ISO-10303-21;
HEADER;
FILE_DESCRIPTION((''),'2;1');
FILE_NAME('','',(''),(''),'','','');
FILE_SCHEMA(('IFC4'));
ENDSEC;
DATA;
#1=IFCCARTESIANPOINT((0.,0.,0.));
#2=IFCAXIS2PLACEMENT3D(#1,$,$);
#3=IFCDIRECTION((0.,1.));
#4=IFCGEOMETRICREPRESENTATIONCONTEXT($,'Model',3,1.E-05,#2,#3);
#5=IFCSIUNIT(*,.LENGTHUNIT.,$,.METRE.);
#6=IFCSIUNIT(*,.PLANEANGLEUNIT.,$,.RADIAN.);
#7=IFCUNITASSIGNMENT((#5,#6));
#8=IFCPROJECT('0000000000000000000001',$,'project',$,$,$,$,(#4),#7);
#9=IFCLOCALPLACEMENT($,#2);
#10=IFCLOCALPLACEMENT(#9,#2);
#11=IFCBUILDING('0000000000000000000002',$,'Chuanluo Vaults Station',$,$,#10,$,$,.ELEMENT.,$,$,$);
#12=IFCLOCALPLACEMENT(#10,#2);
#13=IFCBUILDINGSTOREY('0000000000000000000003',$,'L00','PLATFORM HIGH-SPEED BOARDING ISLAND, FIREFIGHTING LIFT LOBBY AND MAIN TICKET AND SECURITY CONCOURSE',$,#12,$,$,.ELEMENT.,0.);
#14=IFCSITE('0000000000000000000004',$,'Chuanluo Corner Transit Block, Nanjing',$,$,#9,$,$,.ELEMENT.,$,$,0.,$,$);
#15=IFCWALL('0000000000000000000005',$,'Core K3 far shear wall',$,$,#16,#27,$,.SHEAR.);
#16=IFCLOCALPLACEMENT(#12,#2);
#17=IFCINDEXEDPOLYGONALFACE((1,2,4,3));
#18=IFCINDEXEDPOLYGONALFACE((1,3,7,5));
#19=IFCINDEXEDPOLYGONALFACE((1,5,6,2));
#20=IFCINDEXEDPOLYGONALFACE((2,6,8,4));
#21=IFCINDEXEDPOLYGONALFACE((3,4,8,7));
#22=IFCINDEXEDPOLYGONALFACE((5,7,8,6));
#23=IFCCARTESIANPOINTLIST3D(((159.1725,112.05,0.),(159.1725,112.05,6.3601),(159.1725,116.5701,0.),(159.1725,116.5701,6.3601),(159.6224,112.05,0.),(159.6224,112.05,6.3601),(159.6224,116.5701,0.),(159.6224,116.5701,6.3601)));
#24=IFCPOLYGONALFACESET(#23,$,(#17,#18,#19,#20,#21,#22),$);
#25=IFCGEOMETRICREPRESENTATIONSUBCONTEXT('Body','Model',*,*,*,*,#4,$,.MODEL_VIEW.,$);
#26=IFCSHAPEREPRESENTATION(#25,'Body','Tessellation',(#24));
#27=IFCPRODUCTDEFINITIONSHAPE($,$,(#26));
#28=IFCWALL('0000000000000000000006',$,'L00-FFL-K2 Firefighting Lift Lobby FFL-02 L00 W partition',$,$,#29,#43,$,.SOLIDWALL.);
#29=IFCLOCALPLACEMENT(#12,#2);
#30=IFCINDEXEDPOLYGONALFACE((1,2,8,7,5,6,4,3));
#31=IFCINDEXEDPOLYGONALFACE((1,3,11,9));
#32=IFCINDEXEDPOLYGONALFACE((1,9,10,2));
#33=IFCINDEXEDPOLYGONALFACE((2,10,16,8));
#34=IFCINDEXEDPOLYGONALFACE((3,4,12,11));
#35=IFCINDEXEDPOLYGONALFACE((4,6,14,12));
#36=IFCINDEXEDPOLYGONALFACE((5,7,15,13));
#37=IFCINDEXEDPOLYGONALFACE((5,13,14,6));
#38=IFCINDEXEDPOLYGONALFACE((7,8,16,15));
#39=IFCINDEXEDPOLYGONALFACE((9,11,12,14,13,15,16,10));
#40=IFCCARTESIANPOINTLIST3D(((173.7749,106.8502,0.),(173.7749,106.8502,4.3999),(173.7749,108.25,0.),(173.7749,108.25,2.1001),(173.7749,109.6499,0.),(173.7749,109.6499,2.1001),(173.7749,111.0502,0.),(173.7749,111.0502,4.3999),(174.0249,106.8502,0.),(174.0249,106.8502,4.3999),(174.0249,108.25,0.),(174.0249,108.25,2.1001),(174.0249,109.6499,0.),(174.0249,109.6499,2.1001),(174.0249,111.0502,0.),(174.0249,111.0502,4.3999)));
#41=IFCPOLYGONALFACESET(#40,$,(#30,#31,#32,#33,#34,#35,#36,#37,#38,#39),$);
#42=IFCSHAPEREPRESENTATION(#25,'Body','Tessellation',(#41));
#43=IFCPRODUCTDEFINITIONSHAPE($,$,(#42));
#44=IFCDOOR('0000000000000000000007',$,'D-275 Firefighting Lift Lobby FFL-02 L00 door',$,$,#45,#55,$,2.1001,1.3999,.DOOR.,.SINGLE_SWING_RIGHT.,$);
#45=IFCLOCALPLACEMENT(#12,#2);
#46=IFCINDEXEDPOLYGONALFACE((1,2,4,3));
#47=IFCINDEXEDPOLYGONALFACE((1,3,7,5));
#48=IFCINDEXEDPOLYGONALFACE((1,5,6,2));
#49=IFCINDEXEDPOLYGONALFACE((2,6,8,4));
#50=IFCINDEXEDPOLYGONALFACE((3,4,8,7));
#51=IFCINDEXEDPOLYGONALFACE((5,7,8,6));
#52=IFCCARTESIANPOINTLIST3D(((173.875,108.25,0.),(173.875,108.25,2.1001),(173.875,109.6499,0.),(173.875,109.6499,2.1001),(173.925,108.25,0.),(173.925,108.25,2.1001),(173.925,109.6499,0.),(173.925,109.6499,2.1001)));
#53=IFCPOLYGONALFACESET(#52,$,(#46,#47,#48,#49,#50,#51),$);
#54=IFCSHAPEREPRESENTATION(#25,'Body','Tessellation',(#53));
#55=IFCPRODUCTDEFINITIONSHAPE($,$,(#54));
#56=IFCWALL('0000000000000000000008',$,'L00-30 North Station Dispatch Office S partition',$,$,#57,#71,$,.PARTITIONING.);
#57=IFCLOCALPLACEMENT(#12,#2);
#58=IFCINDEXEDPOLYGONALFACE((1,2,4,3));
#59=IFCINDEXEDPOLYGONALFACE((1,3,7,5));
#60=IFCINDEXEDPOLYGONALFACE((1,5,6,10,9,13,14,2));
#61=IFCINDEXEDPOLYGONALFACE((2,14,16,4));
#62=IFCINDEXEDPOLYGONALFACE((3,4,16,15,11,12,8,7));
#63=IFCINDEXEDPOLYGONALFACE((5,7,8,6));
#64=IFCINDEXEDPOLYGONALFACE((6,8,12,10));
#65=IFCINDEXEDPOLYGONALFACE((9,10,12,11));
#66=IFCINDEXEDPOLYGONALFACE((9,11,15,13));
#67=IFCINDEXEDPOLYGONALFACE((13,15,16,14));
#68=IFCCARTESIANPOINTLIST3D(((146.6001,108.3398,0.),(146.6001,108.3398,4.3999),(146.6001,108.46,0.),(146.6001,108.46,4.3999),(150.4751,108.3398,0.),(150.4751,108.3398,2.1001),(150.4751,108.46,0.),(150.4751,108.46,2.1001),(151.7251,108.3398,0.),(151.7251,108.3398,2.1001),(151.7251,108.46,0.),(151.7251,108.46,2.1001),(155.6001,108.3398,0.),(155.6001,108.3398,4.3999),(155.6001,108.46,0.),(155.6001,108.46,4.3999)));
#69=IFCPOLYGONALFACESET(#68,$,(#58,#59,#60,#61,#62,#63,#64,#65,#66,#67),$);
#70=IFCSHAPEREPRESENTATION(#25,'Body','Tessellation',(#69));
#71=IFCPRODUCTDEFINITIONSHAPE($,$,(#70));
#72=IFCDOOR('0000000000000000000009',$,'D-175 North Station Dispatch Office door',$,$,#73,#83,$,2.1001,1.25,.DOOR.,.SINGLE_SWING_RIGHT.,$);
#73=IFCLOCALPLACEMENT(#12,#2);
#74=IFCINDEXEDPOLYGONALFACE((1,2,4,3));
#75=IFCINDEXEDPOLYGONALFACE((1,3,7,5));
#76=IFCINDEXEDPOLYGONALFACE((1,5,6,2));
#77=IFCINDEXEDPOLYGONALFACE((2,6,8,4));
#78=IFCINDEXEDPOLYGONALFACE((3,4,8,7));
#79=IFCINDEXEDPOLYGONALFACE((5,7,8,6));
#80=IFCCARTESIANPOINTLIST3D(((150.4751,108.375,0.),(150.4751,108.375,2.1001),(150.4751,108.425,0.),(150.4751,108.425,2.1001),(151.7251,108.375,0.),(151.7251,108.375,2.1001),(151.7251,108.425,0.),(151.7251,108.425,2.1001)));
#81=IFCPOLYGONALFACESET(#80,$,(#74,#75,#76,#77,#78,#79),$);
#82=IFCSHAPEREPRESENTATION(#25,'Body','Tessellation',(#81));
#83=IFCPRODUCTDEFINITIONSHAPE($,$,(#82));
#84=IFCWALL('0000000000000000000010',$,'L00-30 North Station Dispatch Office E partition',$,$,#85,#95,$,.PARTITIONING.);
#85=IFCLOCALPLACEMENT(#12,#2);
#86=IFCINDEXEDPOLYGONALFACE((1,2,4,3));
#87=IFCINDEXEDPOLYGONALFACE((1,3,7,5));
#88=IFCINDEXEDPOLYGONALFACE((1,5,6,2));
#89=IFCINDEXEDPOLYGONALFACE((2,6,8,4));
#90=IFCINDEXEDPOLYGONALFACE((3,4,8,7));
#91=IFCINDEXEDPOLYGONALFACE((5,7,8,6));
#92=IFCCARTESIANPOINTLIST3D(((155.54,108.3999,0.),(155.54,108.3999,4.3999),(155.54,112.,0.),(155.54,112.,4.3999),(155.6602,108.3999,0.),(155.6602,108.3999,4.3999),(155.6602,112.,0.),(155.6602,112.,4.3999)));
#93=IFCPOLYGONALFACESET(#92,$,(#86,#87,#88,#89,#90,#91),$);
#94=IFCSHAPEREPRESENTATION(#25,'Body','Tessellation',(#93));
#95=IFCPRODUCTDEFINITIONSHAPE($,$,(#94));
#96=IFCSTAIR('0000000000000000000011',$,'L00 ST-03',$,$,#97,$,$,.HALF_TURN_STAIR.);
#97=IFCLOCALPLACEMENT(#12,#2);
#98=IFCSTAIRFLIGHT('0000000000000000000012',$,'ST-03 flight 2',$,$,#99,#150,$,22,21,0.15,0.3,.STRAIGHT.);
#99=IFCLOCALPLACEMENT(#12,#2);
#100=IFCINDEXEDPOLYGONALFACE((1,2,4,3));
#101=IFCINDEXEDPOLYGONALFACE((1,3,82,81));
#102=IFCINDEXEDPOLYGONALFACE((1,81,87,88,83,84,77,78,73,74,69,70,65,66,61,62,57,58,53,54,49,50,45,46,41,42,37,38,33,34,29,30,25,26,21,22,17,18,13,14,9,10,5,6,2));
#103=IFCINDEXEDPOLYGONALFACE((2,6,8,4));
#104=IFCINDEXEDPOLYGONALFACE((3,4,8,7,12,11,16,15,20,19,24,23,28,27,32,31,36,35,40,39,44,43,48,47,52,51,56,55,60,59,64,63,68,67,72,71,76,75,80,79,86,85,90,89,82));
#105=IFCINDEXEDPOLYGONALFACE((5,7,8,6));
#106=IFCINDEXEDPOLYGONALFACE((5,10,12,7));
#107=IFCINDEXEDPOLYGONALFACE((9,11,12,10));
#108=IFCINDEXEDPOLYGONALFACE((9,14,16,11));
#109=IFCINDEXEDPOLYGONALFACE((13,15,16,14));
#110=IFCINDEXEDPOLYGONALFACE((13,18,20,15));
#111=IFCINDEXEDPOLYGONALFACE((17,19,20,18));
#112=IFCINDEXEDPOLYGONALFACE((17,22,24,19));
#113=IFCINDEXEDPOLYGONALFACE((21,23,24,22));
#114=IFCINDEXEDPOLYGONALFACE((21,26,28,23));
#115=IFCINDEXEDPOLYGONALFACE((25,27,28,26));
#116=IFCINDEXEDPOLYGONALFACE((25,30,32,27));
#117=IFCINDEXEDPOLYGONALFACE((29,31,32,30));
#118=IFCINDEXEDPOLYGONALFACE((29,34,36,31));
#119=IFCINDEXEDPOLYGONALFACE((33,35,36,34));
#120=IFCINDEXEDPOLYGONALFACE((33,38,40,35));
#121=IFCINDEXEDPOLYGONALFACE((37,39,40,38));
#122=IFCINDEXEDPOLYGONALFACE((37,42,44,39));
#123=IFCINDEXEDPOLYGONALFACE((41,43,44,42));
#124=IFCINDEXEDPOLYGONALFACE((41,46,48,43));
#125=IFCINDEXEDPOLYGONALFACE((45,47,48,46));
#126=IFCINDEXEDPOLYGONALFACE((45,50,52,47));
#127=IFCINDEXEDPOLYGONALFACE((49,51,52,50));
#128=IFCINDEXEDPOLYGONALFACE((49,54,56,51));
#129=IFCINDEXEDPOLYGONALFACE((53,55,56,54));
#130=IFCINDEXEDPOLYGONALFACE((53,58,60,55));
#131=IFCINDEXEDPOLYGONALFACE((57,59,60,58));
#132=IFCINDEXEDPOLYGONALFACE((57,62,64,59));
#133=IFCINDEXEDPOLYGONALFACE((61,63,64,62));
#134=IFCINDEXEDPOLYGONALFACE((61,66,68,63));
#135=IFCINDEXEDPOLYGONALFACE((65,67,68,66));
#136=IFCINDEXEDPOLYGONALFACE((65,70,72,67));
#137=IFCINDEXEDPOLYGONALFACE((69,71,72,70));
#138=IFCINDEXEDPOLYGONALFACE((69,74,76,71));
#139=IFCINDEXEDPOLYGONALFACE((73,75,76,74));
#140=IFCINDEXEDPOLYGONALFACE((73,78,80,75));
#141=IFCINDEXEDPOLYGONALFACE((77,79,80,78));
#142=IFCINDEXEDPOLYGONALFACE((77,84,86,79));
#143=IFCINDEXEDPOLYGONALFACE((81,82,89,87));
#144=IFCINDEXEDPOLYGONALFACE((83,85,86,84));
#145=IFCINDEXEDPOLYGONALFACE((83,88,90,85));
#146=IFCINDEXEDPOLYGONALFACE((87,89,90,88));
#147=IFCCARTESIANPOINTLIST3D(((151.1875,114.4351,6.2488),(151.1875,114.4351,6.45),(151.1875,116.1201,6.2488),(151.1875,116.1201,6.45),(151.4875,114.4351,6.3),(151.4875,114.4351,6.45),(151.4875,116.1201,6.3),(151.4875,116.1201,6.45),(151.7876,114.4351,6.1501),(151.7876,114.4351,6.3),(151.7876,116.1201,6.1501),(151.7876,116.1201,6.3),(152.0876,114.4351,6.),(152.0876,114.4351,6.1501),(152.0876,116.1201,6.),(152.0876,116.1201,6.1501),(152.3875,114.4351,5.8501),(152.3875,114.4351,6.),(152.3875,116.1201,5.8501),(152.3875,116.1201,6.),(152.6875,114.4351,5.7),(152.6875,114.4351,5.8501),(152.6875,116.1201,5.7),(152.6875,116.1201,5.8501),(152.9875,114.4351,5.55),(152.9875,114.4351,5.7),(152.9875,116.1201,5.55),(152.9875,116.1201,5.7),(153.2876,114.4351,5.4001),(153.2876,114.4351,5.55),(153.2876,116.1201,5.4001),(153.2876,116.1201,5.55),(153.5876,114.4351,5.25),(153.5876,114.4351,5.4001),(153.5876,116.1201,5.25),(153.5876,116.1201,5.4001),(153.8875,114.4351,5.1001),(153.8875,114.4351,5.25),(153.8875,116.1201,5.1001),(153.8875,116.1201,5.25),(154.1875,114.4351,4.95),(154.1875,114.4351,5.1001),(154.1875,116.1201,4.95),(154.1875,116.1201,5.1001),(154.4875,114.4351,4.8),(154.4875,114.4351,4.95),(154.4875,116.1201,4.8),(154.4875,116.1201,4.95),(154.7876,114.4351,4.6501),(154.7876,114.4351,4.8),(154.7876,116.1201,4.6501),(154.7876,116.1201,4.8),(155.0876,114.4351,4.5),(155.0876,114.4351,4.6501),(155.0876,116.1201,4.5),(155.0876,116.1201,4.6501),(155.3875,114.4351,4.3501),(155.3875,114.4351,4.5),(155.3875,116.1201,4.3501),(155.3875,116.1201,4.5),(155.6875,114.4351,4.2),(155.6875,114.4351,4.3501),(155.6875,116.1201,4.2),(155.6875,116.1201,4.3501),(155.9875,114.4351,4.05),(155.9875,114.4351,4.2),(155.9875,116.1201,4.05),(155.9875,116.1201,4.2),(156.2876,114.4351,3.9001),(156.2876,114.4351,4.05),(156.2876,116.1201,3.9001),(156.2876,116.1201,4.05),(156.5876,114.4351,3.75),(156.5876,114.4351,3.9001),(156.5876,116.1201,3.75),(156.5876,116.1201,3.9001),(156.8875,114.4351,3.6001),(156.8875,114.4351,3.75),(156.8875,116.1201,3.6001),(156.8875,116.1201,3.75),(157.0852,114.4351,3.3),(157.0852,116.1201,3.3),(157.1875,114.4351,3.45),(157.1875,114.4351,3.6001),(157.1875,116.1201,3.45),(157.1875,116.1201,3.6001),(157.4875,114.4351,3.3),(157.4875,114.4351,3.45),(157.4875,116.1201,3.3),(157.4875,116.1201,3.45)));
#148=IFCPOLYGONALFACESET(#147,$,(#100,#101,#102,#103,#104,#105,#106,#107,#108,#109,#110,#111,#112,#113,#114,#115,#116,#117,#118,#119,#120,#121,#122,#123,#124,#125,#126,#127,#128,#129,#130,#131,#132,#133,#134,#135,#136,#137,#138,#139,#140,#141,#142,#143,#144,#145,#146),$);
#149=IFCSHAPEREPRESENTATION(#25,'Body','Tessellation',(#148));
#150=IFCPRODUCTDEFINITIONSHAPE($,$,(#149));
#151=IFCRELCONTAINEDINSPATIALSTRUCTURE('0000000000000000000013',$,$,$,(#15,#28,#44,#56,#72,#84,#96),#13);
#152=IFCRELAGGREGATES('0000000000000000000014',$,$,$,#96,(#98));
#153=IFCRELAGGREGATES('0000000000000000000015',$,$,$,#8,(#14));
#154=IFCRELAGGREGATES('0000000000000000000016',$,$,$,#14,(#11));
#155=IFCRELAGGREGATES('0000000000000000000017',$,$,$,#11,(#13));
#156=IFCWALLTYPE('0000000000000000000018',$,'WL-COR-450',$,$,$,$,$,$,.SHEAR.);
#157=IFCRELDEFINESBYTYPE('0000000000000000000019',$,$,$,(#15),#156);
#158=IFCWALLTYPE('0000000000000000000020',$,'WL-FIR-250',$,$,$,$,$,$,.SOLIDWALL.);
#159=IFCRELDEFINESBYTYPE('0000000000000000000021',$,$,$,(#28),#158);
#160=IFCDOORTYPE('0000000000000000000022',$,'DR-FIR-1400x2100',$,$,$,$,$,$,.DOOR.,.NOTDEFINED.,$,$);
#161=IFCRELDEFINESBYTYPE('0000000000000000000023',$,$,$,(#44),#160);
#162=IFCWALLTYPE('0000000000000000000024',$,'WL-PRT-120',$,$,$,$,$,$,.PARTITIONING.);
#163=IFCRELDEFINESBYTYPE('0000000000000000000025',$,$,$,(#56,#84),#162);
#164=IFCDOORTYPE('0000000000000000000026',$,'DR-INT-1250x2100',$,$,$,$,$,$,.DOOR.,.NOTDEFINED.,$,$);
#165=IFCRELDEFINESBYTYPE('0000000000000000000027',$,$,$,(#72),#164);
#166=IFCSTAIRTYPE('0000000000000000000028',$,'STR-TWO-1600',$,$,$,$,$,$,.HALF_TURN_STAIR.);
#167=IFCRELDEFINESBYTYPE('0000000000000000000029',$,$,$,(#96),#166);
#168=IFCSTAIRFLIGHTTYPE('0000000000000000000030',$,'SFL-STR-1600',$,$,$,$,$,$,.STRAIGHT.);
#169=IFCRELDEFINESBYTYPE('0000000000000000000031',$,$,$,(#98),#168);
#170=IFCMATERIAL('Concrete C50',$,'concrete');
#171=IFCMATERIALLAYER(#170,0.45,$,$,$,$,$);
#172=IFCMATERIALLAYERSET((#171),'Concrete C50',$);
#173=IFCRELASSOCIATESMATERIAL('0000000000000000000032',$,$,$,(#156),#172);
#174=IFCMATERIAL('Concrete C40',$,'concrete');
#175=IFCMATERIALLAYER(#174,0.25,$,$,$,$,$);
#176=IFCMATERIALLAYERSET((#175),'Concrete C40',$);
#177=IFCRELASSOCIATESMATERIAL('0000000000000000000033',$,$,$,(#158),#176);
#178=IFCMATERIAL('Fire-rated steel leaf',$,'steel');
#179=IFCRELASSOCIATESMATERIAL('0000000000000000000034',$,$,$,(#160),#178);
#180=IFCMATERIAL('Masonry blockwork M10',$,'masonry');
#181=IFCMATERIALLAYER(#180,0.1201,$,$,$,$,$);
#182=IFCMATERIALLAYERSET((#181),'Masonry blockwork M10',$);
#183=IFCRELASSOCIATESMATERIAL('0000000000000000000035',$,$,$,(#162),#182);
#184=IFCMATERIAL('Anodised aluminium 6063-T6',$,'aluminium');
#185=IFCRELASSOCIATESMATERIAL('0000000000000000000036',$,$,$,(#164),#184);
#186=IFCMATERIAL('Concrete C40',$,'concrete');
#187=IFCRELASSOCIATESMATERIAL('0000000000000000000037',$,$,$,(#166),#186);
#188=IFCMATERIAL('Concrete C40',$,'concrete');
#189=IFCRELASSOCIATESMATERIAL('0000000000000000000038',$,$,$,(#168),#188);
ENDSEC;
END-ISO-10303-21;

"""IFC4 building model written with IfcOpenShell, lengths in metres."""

from ifc_helpers import new_model, si_unit, direction, frame, frame_2d, origin, place, context, subcontext, project, spatial, polyline, rectangle, outline, extrude, material, layer, layer_set, type_object, element, fill, aggregate, save


model = new_model("IFC4")

# Units and contexts
model_context = context("Model", 3, precision=1e-05, world=origin(), true_north=direction((0.0, 1.0)))
body_context = subcontext(model_context, "Body", "Model", "MODEL_VIEW")
ifc_project = project(units=[si_unit("LENGTHUNIT", "METRE"), si_unit("PLANEANGLEUNIT", "RADIAN")], contexts=[model_context])

# Site, building, storey
site_placement = place(None, origin())
site = spatial("IfcSite", under=ifc_project, at=site_placement, Name="Chuanluo Corner Transit Block, Nanjing", CompositionType="ELEMENT", RefElevation=0.0)
building_placement = place(site_placement, origin())
building = spatial("IfcBuilding", under=site, at=building_placement, Name="Chuanluo Vaults Station", CompositionType="ELEMENT")
storey_placement = place(building_placement, origin())
storey = spatial("IfcBuildingStorey", under=building, at=storey_placement, Name="L00", Description="PLATFORM HIGH-SPEED BOARDING ISLAND, FIREFIGHTING LIFT LOBBY AND MAIN TICKET AND SECURITY CONCOURSE", CompositionType="ELEMENT", Elevation=0.0)

# Shared definitions
ifc_material_1 = material(Name="Concrete C50", Category="concrete")
ifc_layer_1 = layer(ifc_material_1, 0.45)
ifc_layer_set_1 = layer_set([ifc_layer_1], Name="Concrete C50")
wall_type_1 = type_object("IfcWallType", Name="WL-COR-450", PredefinedType="SHEAR", material=ifc_layer_set_1)

# Wall
wall_1_placement = place(storey_placement, frame((159.3975, 112.05, 0.0), z_axis=(0.0, 0.0, 1.0), x_axis=(0.0, 1.0, 0.0)))
element("IfcWall", 1, at=wall_1_placement, inside=storey, type_object=wall_type_1, Name="Core K3 far shear wall", PredefinedType="SHEAR", context=body_context, shape_type="SweptSolid", body=[
    extrude(rectangle(XDim=4.52, YDim=0.45, at=frame_2d((2.26, 0.0))), origin(), (0.0, 0.0, 1.0), 6.3601),
])

# Walls, openings, doors
ifc_material_2 = material(Name="Concrete C40", Category="concrete")
ifc_layer_2 = layer(ifc_material_2, 0.25)
ifc_layer_set_2 = layer_set([ifc_layer_2], Name="Concrete C40")
wall_type_2 = type_object("IfcWallType", Name="WL-FIR-250", PredefinedType="SOLIDWALL", material=ifc_layer_set_2)
wall_2_placement = place(storey_placement, frame((173.8999, 106.8501, 0.0), z_axis=(0.0, 0.0, 1.0), x_axis=(0.0, 1.0, 0.0)))
wall_2 = element("IfcWall", 2, at=wall_2_placement, inside=storey, type_object=wall_type_2, Name="L00-FFL-K2 Firefighting Lift Lobby FFL-02 L00 W partition", PredefinedType="SOLIDWALL", context=body_context, shape_type="SweptSolid", body=[
    extrude(rectangle(XDim=4.2, YDim=0.25, at=frame_2d((2.1001, 0.0))), origin(), (0.0, 0.0, 1.0), 4.3999),
])
opening_1_placement = place(wall_2_placement, frame((1.3999, 0.0, 0.0)))
opening_1 = element("IfcOpeningElement", 3, at=opening_1_placement, cuts=wall_2, PredefinedType="OPENING", context=body_context, shape_type="SweptSolid", body=[
    extrude(rectangle(XDim=1.3999, YDim=2.1001, at=frame_2d((0.7, 1.05))), frame((0.0, 0.135, 0.0), z_axis=(0.0, -1.0, 0.0), x_axis=(1.0, 0.0, 0.0)), (0.0, 0.0, 1.0), 0.27),
])
ifc_material_3 = material(Name="Fire-rated steel leaf", Category="steel")
door_type_1 = type_object("IfcDoorType", Name="DR-FIR-1400x2100", OperationType="NOTDEFINED", PredefinedType="DOOR", material=ifc_material_3)
door_1_placement = place(opening_1_placement, origin())
door_1 = element("IfcDoor", 4, at=door_1_placement, inside=storey, type_object=door_type_1, Name="D-275 Firefighting Lift Lobby FFL-02 L00 door", OperationType="SINGLE_SWING_RIGHT", OverallHeight=2.1001, OverallWidth=1.3999, PredefinedType="DOOR", context=body_context, shape_type="SweptSolid", body=[
    extrude(rectangle(XDim=1.3999, YDim=2.1001, at=frame_2d((0.7, 1.05))), frame((0.0, 0.0249, 0.0), z_axis=(0.0, -1.0, 0.0), x_axis=(1.0, 0.0, 0.0)), (0.0, 0.0, 1.0), 0.05),
])
fill(opening_1, door_1)
ifc_material_4 = material(Name="Masonry blockwork M10", Category="masonry")
ifc_layer_3 = layer(ifc_material_4, 0.1201)
ifc_layer_set_3 = layer_set([ifc_layer_3], Name="Masonry blockwork M10")
wall_type_3 = type_object("IfcWallType", Name="WL-PRT-120", PredefinedType="PARTITIONING", material=ifc_layer_set_3)
wall_3_placement = place(storey_placement, frame((155.6001, 108.3999, 0.0), z_axis=(0.0, 0.0, 1.0), x_axis=(-1.0, 0.0, 0.0)))
wall_3 = element("IfcWall", 5, at=wall_3_placement, inside=storey, type_object=wall_type_3, Name="L00-30 North Station Dispatch Office S partition", PredefinedType="PARTITIONING", context=body_context, shape_type="SweptSolid", body=[
    extrude(rectangle(XDim=9.0, YDim=0.1201, at=frame_2d((4.5, 0.0))), origin(), (0.0, 0.0, 1.0), 4.3999),
])
opening_2_placement = place(wall_3_placement, frame((3.875, 0.0, 0.0)))
opening_2 = element("IfcOpeningElement", 6, at=opening_2_placement, cuts=wall_3, PredefinedType="OPENING", context=body_context, shape_type="SweptSolid", body=[
    extrude(rectangle(XDim=1.25, YDim=2.1001, at=frame_2d((0.625, 1.05))), frame((0.0, 0.0701, 0.0), z_axis=(0.0, -1.0, 0.0), x_axis=(1.0, 0.0, 0.0)), (0.0, 0.0, 1.0), 0.1401),
])
ifc_material_5 = material(Name="Anodised aluminium 6063-T6", Category="aluminium")
door_type_2 = type_object("IfcDoorType", Name="DR-INT-1250x2100", OperationType="NOTDEFINED", PredefinedType="DOOR", material=ifc_material_5)
door_2_placement = place(opening_2_placement, origin())
door_2 = element("IfcDoor", 7, at=door_2_placement, inside=storey, type_object=door_type_2, Name="D-175 North Station Dispatch Office door", OperationType="SINGLE_SWING_RIGHT", OverallHeight=2.1001, OverallWidth=1.25, PredefinedType="DOOR", context=body_context, shape_type="SweptSolid", body=[
    extrude(rectangle(XDim=1.25, YDim=2.1001, at=frame_2d((0.625, 1.05))), frame((0.0, 0.0249, 0.0), z_axis=(0.0, -1.0, 0.0), x_axis=(1.0, 0.0, 0.0)), (0.0, 0.0, 1.0), 0.05),
])
fill(opening_2, door_2)

# Wall
wall_4_placement = place(storey_placement, frame((155.6001, 112.0, 0.0), z_axis=(0.0, 0.0, 1.0), x_axis=(0.0, -1.0, 0.0)))
element("IfcWall", 8, at=wall_4_placement, inside=storey, type_object=wall_type_3, Name="L00-30 North Station Dispatch Office E partition", PredefinedType="PARTITIONING", context=body_context, shape_type="SweptSolid", body=[
    extrude(rectangle(XDim=3.6001, YDim=0.1201, at=frame_2d((1.8, 0.0))), origin(), (0.0, 0.0, 1.0), 4.3999),
])

# Stair, stair flight
ifc_material_6 = material(Name="Concrete C40", Category="concrete")
stair_type = type_object("IfcStairType", Name="STR-TWO-1600", PredefinedType="HALF_TURN_STAIR", material=ifc_material_6)
stair_placement = place(storey_placement, origin())
stair = element("IfcStair", 9, at=stair_placement, inside=storey, type_object=stair_type, Name="L00 ST-03", PredefinedType="HALF_TURN_STAIR")
ifc_material_7 = material(Name="Concrete C40", Category="concrete")
stair_flight_type = type_object("IfcStairFlightType", Name="SFL-STR-1600", PredefinedType="STRAIGHT", material=ifc_material_7)
stair_flight_placement = place(storey_placement, frame((157.4875, 115.2776, 3.3), z_axis=(0.0, 0.0, 1.0), x_axis=(-1.0, 0.0, 0.0)))
stair_flight = element("IfcStairFlight", 10, at=stair_flight_placement, type_object=stair_flight_type, Name="ST-03 flight 2", NumberOfRisers=22, NumberOfTreads=21, PredefinedType="STRAIGHT", RiserHeight=0.15, TreadLength=0.3, context=body_context, shape_type="SweptSolid", body=[
    extrude(outline(polyline([(0.0, 0.0), (0.0, 0.1499), (0.3, 0.1499), (0.3, 0.3), (0.6001, 0.3), (0.6001, 0.45), (0.8999, 0.45), (0.8999, 0.6001), (1.2, 0.6001), (1.2, 0.75), (1.5, 0.75), (1.5, 0.8999), (1.8, 0.8999), (1.8, 1.05), (2.1001, 1.05), (2.1001, 1.2), (2.3999, 1.2), (2.3999, 1.3501), (2.7, 1.3501), (2.7, 1.5), (3.0, 1.5), (3.0, 1.6499), (3.3, 1.6499), (3.3, 1.8), (3.6001, 1.8), (3.6001, 1.95), (3.8999, 1.95), (3.8999, 2.1001), (4.2, 2.1001), (4.2, 2.25), (4.5, 2.25), (4.5, 2.3999), (4.8, 2.3999), (4.8, 2.55), (5.1001, 2.55), (5.1001, 2.7), (5.3999, 2.7), (5.3999, 2.8501), (5.7, 2.8501), (5.7, 3.0), (6.0, 3.0), (6.0, 3.1499), (6.3, 3.1499), (6.3, 3.3), (6.3, 2.9487), (0.4023, 0.0), (0.0, 0.0)])), frame((0.0, 0.8425, 0.0), z_axis=(0.0, -1.0, 0.0), x_axis=(1.0, 0.0, 0.0)), (0.0, 0.0, 1.0), 1.6851),
])
aggregate(stair, [stair_flight])

save(model, "model.ifc")
